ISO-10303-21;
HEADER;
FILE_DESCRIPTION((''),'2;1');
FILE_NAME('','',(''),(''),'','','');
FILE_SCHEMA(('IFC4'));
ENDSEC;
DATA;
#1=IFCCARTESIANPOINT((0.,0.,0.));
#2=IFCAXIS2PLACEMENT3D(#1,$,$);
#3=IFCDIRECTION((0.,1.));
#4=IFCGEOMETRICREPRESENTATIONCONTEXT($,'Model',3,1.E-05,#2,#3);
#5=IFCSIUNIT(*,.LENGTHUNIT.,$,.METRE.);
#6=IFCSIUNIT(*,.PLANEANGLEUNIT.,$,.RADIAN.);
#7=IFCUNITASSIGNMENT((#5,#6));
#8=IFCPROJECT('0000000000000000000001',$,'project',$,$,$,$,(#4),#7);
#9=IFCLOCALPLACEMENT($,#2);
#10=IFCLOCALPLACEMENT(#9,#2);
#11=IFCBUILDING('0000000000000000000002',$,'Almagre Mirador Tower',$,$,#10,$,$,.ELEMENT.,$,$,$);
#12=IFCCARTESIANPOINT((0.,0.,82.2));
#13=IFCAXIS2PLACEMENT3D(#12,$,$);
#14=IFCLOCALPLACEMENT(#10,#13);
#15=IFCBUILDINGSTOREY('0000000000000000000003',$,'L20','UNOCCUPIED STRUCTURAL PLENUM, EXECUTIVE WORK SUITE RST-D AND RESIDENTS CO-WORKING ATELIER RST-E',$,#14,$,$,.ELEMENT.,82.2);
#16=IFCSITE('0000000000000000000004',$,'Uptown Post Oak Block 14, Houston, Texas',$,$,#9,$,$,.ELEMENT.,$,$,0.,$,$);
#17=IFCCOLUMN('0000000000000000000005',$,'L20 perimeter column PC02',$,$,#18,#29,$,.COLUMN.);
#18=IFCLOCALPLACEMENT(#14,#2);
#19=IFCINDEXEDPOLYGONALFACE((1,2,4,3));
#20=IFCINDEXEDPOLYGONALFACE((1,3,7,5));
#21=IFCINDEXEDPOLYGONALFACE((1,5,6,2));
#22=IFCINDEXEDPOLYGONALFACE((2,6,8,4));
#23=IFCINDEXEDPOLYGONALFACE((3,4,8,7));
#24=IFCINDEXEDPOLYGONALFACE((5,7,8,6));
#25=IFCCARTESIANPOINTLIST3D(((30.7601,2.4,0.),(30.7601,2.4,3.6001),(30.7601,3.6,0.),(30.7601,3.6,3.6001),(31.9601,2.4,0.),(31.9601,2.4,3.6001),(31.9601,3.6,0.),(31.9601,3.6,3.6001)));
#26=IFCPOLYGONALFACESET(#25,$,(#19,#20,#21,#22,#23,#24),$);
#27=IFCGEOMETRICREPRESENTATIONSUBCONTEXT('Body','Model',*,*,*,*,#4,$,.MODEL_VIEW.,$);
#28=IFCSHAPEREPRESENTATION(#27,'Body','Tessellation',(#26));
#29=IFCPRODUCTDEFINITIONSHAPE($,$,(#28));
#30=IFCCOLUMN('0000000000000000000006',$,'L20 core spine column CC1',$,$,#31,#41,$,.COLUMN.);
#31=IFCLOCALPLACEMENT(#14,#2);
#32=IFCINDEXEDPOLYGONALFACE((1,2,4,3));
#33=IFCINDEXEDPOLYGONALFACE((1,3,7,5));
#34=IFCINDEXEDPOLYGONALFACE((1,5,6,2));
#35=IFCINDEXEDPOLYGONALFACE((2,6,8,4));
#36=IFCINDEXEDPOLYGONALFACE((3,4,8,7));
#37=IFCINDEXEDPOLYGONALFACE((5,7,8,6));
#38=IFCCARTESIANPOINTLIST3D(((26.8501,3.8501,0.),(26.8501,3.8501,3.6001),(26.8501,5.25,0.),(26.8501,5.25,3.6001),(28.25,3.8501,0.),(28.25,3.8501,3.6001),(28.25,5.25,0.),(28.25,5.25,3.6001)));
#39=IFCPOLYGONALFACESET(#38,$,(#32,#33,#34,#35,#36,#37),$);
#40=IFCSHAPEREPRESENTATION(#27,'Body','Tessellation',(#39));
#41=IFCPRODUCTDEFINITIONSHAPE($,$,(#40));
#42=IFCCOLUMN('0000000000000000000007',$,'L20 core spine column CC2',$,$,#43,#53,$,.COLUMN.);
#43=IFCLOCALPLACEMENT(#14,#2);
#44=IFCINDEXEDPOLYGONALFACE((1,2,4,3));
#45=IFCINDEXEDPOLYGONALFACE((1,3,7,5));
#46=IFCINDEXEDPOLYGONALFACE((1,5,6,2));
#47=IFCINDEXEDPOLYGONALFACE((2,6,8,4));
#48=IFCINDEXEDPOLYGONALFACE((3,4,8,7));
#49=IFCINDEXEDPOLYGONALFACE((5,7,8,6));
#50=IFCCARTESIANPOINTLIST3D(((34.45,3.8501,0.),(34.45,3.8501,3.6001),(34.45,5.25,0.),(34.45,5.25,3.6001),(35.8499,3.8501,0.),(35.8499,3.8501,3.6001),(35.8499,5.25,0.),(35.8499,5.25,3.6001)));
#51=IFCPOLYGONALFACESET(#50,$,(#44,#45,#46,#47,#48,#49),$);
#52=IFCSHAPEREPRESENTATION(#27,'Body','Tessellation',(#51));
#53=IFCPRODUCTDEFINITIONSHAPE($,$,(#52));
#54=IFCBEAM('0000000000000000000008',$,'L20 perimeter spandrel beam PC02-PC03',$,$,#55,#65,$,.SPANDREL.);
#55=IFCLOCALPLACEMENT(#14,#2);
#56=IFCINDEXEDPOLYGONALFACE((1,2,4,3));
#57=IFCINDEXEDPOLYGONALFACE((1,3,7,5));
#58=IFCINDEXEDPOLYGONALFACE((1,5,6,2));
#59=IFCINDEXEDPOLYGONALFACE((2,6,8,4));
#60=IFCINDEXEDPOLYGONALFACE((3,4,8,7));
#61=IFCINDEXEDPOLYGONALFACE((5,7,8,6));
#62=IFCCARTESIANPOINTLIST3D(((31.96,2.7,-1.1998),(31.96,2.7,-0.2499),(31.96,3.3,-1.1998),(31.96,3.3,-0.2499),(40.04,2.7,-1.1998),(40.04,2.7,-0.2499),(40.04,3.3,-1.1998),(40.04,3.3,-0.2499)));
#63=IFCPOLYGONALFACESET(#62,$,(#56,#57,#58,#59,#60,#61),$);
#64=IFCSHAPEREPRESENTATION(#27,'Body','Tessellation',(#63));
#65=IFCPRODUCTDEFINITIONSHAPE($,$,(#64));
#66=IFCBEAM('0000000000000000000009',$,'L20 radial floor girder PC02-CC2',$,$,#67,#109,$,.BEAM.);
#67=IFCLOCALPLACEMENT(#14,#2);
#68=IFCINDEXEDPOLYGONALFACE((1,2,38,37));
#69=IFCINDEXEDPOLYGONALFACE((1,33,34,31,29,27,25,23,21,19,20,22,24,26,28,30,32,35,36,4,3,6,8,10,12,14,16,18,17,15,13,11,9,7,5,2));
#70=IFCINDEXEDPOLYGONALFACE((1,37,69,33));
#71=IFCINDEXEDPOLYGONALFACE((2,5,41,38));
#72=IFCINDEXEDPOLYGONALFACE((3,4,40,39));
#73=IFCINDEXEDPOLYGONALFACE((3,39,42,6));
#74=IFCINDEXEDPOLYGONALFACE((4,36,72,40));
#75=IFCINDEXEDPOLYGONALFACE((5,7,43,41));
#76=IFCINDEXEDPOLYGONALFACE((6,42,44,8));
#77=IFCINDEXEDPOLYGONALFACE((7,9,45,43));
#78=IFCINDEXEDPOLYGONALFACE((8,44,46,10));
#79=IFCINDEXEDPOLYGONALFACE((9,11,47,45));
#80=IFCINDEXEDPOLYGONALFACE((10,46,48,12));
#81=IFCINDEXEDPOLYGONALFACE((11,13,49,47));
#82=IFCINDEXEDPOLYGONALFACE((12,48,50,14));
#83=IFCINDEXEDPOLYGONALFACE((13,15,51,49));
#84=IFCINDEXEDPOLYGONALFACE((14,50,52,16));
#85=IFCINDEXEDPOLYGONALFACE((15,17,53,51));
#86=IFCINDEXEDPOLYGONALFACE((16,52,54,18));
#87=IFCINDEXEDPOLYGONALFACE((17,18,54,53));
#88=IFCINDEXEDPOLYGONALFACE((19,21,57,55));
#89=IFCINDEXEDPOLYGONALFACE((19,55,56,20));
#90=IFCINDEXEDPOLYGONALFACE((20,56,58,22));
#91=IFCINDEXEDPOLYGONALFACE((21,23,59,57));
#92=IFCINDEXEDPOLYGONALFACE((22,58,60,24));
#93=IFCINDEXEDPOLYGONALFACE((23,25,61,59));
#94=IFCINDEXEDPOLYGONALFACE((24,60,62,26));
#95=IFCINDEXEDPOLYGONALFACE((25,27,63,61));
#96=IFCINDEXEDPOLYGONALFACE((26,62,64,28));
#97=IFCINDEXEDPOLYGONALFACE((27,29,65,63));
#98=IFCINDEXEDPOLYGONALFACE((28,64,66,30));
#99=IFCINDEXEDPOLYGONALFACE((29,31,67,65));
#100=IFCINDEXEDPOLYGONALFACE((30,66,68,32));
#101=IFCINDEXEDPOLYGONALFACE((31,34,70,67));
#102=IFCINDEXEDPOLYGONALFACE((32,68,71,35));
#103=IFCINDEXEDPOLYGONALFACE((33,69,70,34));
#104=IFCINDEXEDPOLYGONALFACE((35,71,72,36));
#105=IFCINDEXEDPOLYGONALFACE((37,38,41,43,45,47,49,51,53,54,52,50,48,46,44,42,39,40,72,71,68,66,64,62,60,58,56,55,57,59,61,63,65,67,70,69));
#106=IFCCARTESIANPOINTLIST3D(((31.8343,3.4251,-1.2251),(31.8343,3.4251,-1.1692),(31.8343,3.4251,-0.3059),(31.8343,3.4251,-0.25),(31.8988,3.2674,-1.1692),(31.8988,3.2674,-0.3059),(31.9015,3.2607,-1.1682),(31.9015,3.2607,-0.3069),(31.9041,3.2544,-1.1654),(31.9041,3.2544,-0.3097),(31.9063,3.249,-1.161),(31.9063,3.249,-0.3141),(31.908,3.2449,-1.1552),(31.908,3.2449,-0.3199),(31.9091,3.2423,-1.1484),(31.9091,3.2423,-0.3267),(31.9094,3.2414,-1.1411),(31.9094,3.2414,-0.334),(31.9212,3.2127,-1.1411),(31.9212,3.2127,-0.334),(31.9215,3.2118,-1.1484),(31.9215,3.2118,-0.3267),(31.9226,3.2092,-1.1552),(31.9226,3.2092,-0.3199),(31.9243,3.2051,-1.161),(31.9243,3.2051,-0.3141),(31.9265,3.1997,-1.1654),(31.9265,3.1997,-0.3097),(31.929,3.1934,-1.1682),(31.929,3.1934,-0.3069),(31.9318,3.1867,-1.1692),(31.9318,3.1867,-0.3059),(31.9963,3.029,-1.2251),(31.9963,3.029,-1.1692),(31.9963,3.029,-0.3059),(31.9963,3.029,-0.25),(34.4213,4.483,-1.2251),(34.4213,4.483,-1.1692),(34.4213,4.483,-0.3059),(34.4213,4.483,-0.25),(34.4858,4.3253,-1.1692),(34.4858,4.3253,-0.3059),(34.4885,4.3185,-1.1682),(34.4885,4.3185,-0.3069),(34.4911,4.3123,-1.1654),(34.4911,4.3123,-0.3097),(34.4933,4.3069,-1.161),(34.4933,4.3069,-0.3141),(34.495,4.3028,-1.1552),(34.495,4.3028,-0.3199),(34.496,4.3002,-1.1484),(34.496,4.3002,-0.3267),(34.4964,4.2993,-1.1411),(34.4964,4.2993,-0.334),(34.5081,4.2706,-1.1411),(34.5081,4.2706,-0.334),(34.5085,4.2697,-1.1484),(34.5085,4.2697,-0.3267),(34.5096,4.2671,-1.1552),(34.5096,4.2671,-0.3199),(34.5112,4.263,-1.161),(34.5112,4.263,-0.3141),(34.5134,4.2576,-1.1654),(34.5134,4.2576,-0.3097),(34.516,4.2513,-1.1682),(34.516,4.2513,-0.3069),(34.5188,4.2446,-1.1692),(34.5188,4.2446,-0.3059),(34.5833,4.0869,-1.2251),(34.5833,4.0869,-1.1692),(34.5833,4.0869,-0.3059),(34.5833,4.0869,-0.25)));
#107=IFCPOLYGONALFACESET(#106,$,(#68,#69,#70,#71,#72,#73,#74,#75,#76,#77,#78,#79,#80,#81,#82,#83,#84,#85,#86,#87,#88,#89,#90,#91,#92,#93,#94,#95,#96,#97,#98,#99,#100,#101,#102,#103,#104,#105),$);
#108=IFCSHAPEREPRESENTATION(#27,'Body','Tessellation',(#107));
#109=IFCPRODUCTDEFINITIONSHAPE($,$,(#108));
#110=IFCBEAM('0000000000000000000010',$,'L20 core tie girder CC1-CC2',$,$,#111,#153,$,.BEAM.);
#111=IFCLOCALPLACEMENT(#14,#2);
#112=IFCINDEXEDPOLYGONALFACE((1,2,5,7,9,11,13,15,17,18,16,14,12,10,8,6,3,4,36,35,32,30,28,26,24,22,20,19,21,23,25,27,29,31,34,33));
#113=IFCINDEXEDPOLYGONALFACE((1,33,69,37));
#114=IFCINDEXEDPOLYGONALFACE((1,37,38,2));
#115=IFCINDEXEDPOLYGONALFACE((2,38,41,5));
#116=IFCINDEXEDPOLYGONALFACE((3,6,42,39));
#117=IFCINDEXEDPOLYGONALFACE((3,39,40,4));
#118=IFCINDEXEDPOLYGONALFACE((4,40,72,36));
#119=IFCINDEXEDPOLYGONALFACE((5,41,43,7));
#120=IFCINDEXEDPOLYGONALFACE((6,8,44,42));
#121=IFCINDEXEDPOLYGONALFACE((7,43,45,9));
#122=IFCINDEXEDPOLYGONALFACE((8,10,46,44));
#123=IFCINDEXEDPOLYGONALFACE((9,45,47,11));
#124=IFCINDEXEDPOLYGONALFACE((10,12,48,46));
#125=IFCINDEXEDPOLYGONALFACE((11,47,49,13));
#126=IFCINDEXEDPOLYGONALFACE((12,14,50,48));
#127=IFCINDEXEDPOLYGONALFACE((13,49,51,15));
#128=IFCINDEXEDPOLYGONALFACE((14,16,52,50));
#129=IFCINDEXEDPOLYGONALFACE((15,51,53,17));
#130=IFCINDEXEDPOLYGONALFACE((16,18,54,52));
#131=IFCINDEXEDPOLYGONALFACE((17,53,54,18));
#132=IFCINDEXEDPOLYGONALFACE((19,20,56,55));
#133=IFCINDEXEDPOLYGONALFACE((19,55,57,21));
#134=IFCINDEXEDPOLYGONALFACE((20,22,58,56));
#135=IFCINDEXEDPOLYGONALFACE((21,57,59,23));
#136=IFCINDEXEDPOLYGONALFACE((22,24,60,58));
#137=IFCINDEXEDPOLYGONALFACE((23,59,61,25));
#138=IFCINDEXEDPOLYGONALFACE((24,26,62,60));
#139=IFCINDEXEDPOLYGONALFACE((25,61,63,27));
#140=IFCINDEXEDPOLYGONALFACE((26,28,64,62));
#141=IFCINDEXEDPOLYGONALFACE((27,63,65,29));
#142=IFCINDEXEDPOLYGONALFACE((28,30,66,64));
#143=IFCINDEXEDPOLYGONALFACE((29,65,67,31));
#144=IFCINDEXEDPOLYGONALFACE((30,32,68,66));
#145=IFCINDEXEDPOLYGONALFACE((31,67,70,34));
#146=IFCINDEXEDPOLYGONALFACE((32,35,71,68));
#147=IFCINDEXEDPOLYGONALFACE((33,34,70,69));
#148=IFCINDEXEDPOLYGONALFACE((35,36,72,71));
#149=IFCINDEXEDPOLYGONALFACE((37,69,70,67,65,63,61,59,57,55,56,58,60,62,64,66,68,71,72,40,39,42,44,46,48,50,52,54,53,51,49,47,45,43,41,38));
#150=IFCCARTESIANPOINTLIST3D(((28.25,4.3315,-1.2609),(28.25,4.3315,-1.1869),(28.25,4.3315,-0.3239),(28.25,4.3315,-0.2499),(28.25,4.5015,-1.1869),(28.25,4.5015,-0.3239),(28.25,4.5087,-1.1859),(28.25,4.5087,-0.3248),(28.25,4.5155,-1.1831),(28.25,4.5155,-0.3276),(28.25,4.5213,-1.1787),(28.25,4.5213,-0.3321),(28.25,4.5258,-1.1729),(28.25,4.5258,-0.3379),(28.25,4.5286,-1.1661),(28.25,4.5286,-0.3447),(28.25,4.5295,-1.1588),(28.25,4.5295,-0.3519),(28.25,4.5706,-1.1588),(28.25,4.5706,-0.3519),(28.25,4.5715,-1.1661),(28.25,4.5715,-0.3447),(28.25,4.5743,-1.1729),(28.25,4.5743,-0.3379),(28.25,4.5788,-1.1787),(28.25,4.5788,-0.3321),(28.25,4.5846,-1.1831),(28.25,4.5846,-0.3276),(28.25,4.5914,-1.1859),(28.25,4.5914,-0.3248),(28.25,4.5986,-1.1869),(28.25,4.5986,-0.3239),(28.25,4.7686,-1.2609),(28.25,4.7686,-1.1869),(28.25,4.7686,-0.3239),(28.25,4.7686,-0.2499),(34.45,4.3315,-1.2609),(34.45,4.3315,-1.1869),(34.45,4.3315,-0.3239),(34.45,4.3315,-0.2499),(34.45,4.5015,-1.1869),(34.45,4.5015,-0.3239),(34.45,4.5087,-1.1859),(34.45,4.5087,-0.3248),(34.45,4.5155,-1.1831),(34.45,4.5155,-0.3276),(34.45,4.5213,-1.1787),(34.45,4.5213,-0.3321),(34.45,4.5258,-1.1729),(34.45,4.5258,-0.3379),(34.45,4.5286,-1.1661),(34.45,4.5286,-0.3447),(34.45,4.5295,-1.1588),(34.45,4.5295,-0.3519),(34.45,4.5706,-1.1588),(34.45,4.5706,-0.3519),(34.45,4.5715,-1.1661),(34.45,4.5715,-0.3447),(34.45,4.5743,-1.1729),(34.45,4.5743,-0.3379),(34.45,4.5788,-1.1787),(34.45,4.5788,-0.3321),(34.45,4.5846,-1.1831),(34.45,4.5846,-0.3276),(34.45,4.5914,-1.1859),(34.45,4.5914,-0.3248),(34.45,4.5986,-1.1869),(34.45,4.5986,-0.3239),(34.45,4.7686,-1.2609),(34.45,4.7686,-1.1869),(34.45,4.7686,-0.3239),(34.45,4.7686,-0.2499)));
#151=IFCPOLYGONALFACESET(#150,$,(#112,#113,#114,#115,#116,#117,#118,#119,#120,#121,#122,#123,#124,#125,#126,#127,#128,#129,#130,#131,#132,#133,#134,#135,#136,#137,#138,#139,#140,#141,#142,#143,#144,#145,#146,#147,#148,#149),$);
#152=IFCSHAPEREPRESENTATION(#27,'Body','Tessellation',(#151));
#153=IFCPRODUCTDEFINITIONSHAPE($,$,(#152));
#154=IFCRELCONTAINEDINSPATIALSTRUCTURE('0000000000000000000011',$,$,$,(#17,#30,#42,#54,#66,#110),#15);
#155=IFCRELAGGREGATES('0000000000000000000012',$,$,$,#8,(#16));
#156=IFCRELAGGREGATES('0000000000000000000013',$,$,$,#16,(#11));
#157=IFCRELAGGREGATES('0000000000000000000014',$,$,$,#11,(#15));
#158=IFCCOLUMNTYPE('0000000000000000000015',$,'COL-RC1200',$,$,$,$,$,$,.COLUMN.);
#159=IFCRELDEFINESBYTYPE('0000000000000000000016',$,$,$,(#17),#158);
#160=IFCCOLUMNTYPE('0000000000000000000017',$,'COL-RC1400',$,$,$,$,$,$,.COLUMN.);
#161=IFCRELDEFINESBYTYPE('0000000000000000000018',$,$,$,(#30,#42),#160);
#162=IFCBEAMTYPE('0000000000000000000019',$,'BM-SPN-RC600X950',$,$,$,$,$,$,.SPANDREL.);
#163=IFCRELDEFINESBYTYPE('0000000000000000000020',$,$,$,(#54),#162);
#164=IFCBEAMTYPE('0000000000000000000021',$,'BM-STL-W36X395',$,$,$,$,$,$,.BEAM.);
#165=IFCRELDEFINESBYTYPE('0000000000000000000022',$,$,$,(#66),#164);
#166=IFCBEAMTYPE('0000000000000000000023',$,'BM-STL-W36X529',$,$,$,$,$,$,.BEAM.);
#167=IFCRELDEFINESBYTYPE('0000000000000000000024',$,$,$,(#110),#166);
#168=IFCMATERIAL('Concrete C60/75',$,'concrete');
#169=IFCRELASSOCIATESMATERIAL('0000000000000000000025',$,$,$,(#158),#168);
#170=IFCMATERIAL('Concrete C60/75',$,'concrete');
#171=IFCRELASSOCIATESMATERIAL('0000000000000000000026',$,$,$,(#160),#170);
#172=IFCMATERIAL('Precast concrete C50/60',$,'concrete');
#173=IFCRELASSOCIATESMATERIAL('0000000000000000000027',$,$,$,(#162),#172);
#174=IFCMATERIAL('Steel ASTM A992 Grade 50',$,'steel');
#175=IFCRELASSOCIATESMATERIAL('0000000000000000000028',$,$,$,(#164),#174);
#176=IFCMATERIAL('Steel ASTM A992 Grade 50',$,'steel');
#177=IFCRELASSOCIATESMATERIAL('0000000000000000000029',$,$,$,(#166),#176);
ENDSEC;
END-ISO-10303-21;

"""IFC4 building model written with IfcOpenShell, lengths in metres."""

from ifc_helpers import new_model, si_unit, direction, frame, origin, origin_2d, place, context, subcontext, project, spatial, rectangle, i_section, extrude, material, material_profile, profile_set, type_object, element, save


model = new_model("IFC4")

# Units and contexts
model_context = context("Model", 3, precision=1e-05, world=origin(), true_north=direction((0.0, 1.0)))
body_context = subcontext(model_context, "Body", "Model", "MODEL_VIEW")
ifc_project = project(units=[si_unit("LENGTHUNIT", "METRE"), si_unit("PLANEANGLEUNIT", "RADIAN")], contexts=[model_context])

# Site, building, storey
site_placement = place(None, origin())
site = spatial("IfcSite", under=ifc_project, at=site_placement, Name="Uptown Post Oak Block 14, Houston, Texas", CompositionType="ELEMENT", RefElevation=0.0)
building_placement = place(site_placement, origin())
building = spatial("IfcBuilding", under=site, at=building_placement, Name="Almagre Mirador Tower", CompositionType="ELEMENT")
storey_placement = place(building_placement, frame((0.0, 0.0, 82.2)))
storey = spatial("IfcBuildingStorey", under=building, at=storey_placement, Name="L20", Description="UNOCCUPIED STRUCTURAL PLENUM, EXECUTIVE WORK SUITE RST-D AND RESIDENTS CO-WORKING ATELIER RST-E", CompositionType="ELEMENT", Elevation=82.2)

# Columns
ifc_material_1 = material(Name="Concrete C60/75", Category="concrete")
ifc_material_profile_1 = material_profile(ifc_material_1, rectangle(XDim=1.2, YDim=1.2, at=origin_2d()), Name="RC1200X1200")
ifc_profile_set_1 = profile_set([ifc_material_profile_1], Name="Concrete C60/75")
column_type_1 = type_object("IfcColumnType", Name="COL-RC1200", PredefinedType="COLUMN", material=ifc_profile_set_1)
column_placement = place(storey_placement, frame((31.3601, 3.0, 0.0), z_axis=(0.0, 0.0, 1.0), x_axis=(1.0, 0.0, 0.0)))
element("IfcColumn", 1, at=column_placement, inside=storey, type_object=column_type_1, Name="L20 perimeter column PC02", PredefinedType="COLUMN", context=body_context, shape_type="SweptSolid", body=[
    extrude(rectangle(XDim=1.2, YDim=1.2, at=origin_2d()), origin(), (0.0, 0.0, 1.0), 3.6001),
])
ifc_material_2 = material(Name="Concrete C60/75", Category="concrete")
ifc_material_profile_2 = material_profile(ifc_material_2, rectangle(XDim=1.3999, YDim=1.3999, at=origin_2d()), Name="RC1400X1400")
ifc_profile_set_2 = profile_set([ifc_material_profile_2], Name="Concrete C60/75")
column_type_2 = type_object("IfcColumnType", Name="COL-RC1400", PredefinedType="COLUMN", material=ifc_profile_set_2)
for number, where, z_axis, x_axis, name in (
    (2, (27.55, 4.55, 0.0), (0.0, 0.0, 1.0), (1.0, 0.0, 0.0), "L20 core spine column CC1"),
    (3, (35.1499, 4.55, 0.0), (0.0, 0.0, 1.0), (1.0, 0.0, 0.0), "L20 core spine column CC2"),
):
    element("IfcColumn", number, at=place(storey_placement, frame(where, z_axis=z_axis, x_axis=x_axis)), inside=storey, type_object=column_type_2, Name=name, PredefinedType="COLUMN", context=body_context, shape_type="SweptSolid", body=[
        extrude(rectangle(XDim=1.3999, YDim=1.3999, at=origin_2d()), origin(), (0.0, 0.0, 1.0), 3.6001),
    ])

# Beams
ifc_material_3 = material(Name="Precast concrete C50/60", Category="concrete")
ifc_material_profile_3 = material_profile(ifc_material_3, rectangle(XDim=0.6001, YDim=0.95, at=origin_2d()), Name="RC600X950")
ifc_profile_set_3 = profile_set([ifc_material_profile_3], Name="Precast concrete C50/60")
beam_type_1 = type_object("IfcBeamType", Name="BM-SPN-RC600X950", PredefinedType="SPANDREL", material=ifc_profile_set_3)
beam_1_placement = place(storey_placement, frame((31.96, 3.0, -0.7249), z_axis=(1.0, 0.0, 0.0), x_axis=(0.0, 1.0, 0.0)))
element("IfcBeam", 4, at=beam_1_placement, inside=storey, type_object=beam_type_1, Name="L20 perimeter spandrel beam PC02-PC03", PredefinedType="SPANDREL", context=body_context, shape_type="SweptSolid", body=[
    extrude(rectangle(XDim=0.6001, YDim=0.95, at=origin_2d()), origin(), (0.0, 0.0, 1.0), 8.0801),
])
ifc_material_4 = material(Name="Steel ASTM A992 Grade 50", Category="steel")
ifc_material_profile_4 = material_profile(ifc_material_4, i_section(OverallWidth=0.428, OverallDepth=0.9751, WebThickness=0.031, FlangeThickness=0.0559, FilletRadius=0.0281, at=origin_2d()), Name="W36X395")
ifc_profile_set_4 = profile_set([ifc_material_profile_4], Name="Steel ASTM A992 Grade 50")
beam_type_2 = type_object("IfcBeamType", Name="BM-STL-W36X395", PredefinedType="BEAM", material=ifc_profile_set_4)
beam_2_placement = place(storey_placement, frame((31.9153, 3.2271, -0.7375), z_axis=(0.9256, 0.378504, 0.0), x_axis=(-0.378504, 0.9256, 0.0)))
element("IfcBeam", 5, at=beam_2_placement, inside=storey, type_object=beam_type_2, Name="L20 radial floor girder PC02-CC2", PredefinedType="BEAM", context=body_context, shape_type="SweptSolid", body=[
    extrude(i_section(OverallWidth=0.428, OverallDepth=0.9751, WebThickness=0.031, FlangeThickness=0.0559, FilletRadius=0.0281, at=origin_2d()), origin(), (0.0, 0.0, 1.0), 2.7949),
])
ifc_material_5 = material(Name="Steel ASTM A992 Grade 50", Category="steel")
ifc_material_profile_5 = material_profile(ifc_material_5, i_section(OverallWidth=0.437, OverallDepth=1.011, WebThickness=0.041, FlangeThickness=0.074, FilletRadius=0.0281, at=origin_2d()), Name="W36X529")
ifc_profile_set_5 = profile_set([ifc_material_profile_5], Name="Steel ASTM A992 Grade 50")
beam_type_3 = type_object("IfcBeamType", Name="BM-STL-W36X529", PredefinedType="BEAM", material=ifc_profile_set_5)
beam_3_placement = place(storey_placement, frame((28.25, 4.55, -0.7554), z_axis=(1.0, 0.0, 0.0), x_axis=(0.0, 1.0, 0.0)))
element("IfcBeam", 6, at=beam_3_placement, inside=storey, type_object=beam_type_3, Name="L20 core tie girder CC1-CC2", PredefinedType="BEAM", context=body_context, shape_type="SweptSolid", body=[
    extrude(i_section(OverallWidth=0.437, OverallDepth=1.011, WebThickness=0.041, FlangeThickness=0.074, FilletRadius=0.0281, at=origin_2d()), origin(), (0.0, 0.0, 1.0), 6.2),
])

save(model, "model.ifc")
